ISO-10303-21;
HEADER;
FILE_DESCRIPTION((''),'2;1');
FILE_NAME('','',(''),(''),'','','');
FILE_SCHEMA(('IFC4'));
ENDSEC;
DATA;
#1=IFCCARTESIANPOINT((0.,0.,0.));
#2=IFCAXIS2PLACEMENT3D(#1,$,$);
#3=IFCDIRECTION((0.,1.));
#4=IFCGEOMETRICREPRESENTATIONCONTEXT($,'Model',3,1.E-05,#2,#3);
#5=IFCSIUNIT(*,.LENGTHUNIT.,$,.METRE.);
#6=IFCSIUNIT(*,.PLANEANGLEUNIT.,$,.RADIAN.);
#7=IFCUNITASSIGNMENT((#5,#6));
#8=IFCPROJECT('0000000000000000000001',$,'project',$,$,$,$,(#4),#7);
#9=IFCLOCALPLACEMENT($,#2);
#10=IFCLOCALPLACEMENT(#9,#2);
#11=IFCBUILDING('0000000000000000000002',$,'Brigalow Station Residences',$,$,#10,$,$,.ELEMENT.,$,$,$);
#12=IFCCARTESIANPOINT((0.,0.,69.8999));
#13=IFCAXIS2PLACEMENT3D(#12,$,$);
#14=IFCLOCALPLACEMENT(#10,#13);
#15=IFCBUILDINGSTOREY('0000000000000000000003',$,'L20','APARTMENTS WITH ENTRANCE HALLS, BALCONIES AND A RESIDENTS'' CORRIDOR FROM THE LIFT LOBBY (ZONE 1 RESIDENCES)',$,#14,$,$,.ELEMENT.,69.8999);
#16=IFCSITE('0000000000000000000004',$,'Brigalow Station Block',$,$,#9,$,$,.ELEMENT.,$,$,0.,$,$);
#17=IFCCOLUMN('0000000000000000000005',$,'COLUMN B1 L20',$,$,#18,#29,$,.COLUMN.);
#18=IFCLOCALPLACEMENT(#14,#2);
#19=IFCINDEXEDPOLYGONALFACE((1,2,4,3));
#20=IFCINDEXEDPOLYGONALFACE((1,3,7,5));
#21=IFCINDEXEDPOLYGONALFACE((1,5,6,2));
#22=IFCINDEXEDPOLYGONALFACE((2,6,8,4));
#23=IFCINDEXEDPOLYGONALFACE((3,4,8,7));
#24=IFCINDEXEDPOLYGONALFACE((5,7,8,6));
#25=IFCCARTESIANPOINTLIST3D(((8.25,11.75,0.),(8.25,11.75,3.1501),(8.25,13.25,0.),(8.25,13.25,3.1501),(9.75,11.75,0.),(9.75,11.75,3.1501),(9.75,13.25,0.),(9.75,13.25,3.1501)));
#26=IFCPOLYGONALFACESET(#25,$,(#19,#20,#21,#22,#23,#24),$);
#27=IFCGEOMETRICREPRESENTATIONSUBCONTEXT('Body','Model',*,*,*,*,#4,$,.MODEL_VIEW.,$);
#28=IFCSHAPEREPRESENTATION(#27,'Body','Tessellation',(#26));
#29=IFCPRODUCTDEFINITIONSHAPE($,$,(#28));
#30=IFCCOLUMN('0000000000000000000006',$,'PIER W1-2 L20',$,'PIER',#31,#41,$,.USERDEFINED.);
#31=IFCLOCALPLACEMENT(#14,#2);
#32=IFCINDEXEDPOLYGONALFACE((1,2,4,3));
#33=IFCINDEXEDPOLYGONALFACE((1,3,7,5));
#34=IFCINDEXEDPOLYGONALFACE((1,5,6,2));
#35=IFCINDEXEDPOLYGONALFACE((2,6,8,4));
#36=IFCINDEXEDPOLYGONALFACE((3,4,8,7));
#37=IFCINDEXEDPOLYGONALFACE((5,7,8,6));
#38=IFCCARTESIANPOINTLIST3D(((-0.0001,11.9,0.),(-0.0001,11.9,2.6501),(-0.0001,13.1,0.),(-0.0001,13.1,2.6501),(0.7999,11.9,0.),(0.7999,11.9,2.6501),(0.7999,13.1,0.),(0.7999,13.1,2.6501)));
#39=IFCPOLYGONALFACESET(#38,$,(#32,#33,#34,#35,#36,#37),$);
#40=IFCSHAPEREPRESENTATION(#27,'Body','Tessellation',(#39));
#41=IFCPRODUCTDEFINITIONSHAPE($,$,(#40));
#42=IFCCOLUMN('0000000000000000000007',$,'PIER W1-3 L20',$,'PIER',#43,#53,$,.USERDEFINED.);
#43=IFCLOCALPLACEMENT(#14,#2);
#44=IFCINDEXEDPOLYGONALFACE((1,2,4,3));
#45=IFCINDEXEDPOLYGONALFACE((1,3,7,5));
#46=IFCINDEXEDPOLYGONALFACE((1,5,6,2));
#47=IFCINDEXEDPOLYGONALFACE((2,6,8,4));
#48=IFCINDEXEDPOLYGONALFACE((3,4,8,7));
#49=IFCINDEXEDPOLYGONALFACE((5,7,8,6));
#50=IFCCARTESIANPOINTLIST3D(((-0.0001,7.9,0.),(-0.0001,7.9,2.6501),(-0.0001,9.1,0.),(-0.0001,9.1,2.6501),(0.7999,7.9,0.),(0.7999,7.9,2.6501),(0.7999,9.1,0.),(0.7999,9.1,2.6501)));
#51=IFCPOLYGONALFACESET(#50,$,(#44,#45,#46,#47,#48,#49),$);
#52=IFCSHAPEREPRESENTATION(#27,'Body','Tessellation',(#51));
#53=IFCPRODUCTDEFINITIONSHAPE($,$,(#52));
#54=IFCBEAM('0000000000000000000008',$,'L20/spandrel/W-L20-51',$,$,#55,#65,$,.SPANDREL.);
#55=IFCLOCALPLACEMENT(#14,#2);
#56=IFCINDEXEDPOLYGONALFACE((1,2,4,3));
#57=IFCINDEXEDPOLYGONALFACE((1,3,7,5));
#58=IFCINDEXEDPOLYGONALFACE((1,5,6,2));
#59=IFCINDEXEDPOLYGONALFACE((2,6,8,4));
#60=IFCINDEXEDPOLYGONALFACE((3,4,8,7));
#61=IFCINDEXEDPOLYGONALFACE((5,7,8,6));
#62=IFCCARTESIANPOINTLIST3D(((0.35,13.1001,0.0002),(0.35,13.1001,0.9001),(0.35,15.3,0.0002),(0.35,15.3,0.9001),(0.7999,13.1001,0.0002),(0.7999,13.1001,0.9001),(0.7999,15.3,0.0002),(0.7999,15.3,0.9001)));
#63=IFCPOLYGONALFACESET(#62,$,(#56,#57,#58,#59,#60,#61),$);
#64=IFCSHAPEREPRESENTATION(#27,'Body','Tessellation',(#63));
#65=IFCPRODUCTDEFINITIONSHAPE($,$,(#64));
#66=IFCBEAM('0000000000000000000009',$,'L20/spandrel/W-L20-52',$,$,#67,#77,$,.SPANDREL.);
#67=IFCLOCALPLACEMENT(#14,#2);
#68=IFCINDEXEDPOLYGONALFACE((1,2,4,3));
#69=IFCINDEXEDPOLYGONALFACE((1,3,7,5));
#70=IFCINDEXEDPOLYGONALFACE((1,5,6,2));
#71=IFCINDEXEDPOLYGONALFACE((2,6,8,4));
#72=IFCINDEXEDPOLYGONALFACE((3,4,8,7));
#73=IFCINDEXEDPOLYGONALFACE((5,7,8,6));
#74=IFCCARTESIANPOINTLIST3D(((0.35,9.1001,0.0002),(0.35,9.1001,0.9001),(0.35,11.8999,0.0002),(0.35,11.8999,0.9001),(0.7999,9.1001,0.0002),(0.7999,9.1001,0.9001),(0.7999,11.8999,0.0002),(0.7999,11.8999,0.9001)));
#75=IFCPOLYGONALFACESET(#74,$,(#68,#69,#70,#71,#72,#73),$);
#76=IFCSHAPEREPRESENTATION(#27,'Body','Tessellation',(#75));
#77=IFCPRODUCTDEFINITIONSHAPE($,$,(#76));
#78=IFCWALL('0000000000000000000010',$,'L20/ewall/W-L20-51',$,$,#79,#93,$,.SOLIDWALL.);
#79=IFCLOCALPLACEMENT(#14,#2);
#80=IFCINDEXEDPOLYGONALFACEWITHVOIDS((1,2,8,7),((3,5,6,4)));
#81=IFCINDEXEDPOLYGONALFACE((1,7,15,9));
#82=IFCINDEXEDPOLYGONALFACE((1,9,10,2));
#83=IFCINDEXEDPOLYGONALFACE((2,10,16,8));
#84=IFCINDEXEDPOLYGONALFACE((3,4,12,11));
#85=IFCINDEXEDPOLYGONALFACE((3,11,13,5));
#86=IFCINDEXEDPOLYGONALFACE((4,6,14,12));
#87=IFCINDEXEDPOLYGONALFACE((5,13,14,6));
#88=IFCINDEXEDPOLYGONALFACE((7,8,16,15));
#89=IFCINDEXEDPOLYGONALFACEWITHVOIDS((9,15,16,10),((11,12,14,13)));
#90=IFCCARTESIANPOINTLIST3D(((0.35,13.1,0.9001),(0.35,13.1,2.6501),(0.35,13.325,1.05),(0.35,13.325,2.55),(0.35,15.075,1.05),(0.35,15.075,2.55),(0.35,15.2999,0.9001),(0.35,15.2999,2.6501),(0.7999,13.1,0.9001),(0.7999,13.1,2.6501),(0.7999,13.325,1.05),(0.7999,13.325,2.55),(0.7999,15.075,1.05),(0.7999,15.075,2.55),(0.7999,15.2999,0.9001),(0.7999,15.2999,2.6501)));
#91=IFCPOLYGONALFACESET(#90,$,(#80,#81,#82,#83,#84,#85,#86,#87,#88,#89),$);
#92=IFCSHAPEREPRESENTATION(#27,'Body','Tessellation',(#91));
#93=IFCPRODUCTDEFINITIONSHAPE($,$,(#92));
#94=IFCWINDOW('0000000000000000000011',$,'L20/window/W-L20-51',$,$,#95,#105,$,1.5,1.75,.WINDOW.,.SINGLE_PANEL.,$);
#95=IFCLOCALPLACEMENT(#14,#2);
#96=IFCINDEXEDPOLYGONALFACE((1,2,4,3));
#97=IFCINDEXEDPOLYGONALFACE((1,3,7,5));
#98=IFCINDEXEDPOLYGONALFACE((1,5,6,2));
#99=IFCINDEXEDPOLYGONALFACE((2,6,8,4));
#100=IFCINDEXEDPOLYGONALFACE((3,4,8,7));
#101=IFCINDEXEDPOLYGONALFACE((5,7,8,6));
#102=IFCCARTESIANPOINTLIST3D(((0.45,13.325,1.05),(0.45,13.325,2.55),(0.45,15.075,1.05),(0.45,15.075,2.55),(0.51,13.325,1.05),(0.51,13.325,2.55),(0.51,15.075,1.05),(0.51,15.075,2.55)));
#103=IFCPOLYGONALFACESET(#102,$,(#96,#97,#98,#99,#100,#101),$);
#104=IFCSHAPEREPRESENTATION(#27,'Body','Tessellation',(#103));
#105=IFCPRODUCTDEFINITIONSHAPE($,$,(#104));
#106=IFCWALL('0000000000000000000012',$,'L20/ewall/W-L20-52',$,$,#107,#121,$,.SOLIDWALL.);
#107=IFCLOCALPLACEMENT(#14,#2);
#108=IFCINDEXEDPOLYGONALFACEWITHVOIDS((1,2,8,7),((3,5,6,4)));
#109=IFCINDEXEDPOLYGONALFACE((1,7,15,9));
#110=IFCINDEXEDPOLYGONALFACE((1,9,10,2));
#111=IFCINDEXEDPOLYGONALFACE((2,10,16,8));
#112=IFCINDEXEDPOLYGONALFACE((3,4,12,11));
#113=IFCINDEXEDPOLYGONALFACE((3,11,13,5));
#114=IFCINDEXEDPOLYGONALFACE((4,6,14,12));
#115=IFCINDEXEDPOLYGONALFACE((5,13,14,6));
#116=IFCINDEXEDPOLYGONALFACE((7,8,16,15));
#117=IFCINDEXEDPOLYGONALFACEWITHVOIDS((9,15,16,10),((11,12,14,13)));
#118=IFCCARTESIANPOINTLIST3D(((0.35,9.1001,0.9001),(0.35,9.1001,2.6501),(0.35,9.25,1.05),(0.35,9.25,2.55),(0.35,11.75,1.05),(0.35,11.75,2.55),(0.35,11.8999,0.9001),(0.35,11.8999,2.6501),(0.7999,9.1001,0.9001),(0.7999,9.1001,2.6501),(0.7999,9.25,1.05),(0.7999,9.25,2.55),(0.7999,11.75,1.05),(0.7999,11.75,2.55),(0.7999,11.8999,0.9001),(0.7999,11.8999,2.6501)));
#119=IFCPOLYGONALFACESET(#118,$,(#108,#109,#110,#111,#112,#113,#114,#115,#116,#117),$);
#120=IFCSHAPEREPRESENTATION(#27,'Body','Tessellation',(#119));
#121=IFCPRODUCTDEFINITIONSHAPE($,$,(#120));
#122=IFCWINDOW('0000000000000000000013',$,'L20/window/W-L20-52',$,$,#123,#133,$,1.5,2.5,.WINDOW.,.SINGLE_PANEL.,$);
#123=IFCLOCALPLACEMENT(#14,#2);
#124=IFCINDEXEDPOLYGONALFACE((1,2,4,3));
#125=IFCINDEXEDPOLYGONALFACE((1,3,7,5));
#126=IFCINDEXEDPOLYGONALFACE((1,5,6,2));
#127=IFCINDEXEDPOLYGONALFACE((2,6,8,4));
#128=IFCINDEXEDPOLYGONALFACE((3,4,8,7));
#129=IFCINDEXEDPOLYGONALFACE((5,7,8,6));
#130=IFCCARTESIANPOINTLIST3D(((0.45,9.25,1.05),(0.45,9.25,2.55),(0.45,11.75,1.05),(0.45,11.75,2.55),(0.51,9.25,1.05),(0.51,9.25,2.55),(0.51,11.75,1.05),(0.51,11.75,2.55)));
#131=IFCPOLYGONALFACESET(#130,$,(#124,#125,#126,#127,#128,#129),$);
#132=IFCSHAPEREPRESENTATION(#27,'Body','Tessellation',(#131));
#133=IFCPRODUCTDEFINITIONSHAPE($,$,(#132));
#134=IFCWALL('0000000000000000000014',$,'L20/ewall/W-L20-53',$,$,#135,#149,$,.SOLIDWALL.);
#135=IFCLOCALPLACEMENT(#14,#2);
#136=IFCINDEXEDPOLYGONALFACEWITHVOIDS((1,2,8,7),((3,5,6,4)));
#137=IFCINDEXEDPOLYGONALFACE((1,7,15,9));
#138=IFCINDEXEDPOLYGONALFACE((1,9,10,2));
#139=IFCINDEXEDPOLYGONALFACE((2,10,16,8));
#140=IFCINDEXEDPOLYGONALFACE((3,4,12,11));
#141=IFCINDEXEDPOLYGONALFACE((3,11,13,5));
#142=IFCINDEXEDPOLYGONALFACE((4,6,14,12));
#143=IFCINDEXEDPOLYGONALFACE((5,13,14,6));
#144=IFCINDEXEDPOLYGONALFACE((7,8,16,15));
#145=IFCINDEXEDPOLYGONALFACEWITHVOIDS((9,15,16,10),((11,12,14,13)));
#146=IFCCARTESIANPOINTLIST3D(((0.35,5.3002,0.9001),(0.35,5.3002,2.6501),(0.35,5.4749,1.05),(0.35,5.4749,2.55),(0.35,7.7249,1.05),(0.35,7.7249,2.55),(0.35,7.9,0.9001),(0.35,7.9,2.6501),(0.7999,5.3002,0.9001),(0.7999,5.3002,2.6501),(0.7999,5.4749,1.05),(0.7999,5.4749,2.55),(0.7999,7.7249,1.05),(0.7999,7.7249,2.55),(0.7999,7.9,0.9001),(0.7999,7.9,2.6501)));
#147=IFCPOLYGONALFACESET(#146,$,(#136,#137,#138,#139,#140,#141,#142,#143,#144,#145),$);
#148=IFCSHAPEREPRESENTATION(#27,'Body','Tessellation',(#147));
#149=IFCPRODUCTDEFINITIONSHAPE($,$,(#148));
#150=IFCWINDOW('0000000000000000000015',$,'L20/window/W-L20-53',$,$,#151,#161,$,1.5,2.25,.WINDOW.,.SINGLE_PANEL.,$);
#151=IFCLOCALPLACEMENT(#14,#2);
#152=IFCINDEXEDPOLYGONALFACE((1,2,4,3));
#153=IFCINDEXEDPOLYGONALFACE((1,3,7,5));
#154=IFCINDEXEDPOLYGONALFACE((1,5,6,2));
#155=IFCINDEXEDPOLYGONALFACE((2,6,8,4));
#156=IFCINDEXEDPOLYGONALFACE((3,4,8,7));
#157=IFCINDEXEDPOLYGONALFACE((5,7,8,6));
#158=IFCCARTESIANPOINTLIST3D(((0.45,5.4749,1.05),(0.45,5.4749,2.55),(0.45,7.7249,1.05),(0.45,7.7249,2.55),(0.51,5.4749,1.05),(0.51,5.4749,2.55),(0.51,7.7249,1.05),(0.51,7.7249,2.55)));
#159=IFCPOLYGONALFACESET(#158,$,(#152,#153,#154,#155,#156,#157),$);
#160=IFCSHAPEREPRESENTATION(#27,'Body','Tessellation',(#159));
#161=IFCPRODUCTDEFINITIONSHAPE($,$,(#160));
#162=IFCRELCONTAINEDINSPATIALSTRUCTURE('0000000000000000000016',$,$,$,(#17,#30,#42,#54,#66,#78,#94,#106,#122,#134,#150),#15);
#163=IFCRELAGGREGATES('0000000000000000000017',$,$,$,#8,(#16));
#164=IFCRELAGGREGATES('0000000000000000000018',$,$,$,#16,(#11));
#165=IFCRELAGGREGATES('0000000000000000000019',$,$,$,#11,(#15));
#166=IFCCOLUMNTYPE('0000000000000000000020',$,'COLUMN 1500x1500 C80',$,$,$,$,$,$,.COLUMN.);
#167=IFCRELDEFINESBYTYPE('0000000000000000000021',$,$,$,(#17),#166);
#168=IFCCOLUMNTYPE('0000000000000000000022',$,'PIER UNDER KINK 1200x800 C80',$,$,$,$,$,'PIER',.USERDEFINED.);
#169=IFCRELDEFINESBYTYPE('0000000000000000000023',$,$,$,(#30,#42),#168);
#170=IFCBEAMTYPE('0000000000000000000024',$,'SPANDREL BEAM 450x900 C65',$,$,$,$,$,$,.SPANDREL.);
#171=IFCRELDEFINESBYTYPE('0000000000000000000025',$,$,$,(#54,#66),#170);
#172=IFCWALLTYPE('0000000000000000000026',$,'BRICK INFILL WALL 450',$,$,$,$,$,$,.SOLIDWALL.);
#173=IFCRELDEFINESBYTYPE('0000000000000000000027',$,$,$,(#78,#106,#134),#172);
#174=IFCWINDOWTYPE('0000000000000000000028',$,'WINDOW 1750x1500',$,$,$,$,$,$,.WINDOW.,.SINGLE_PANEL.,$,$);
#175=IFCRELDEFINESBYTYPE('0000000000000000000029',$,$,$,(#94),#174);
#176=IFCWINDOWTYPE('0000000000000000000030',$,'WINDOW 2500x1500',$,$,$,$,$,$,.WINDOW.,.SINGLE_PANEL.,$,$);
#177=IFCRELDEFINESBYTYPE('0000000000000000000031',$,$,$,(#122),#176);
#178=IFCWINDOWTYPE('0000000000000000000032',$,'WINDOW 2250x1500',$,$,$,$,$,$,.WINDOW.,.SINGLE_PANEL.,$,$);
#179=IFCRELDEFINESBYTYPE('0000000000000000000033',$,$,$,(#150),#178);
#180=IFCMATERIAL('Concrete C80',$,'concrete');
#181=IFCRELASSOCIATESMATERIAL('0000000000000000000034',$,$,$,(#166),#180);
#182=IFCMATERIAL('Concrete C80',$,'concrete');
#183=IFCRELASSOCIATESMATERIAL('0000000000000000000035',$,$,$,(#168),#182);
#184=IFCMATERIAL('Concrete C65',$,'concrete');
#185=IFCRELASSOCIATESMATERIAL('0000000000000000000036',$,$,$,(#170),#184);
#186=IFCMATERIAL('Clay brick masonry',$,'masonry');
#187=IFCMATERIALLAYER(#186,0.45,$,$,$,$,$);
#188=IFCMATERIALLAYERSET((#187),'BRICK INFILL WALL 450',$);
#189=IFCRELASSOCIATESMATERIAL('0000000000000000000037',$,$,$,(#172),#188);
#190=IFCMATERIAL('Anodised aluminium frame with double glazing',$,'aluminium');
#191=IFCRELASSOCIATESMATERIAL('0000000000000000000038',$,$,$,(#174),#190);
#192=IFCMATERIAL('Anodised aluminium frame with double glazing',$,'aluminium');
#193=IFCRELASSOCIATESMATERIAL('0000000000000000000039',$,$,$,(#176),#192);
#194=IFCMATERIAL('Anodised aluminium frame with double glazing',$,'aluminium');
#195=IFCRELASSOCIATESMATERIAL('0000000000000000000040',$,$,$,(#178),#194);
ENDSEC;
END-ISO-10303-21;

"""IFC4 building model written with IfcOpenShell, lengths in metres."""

from ifc_helpers import new_model, si_unit, direction, frame, frame_2d, origin, origin_2d, place, context, subcontext, project, spatial, rectangle, extrude, material, layer, layer_set, material_profile, profile_set, type_object, element, fill, save


model = new_model("IFC4")

# Units and contexts
model_context = context("Model", 3, precision=1e-05, world=origin(), true_north=direction((0.0, 1.0)))
body_context = subcontext(model_context, "Body", "Model", "MODEL_VIEW")
ifc_project = project(units=[si_unit("LENGTHUNIT", "METRE"), si_unit("PLANEANGLEUNIT", "RADIAN")], contexts=[model_context])

# Site, building, storey
site_placement = place(None, origin())
site = spatial("IfcSite", under=ifc_project, at=site_placement, Name="Brigalow Station Block", CompositionType="ELEMENT", RefElevation=0.0)
building_placement = place(site_placement, origin())
building = spatial("IfcBuilding", under=site, at=building_placement, Name="Brigalow Station Residences", CompositionType="ELEMENT")
storey_placement = place(building_placement, frame((0.0, 0.0, 69.8999)))
storey = spatial("IfcBuildingStorey", under=building, at=storey_placement, Name="L20", Description="APARTMENTS WITH ENTRANCE HALLS, BALCONIES AND A RESIDENTS' CORRIDOR FROM THE LIFT LOBBY (ZONE 1 RESIDENCES)", CompositionType="ELEMENT", Elevation=69.8999)

# Columns
ifc_material_1 = material(Name="Concrete C80", Category="concrete")
ifc_material_profile_1 = material_profile(ifc_material_1, rectangle(XDim=1.5, YDim=1.5, at=origin_2d()), Name="RC1500x1500")
ifc_profile_set_1 = profile_set([ifc_material_profile_1], Name="Concrete C80")
column_type_1 = type_object("IfcColumnType", Name="COLUMN 1500x1500 C80", PredefinedType="COLUMN", material=ifc_profile_set_1)
column_placement = place(storey_placement, frame((9.0, 12.5, 0.0), z_axis=(0.0, 0.0, 1.0), x_axis=(1.0, 0.0, 0.0)))
element("IfcColumn", 1, at=column_placement, inside=storey, type_object=column_type_1, Name="COLUMN B1 L20", PredefinedType="COLUMN", context=body_context, shape_type="SweptSolid", body=[
    extrude(rectangle(XDim=1.5, YDim=1.5, at=origin_2d()), origin(), (0.0, 0.0, 1.0), 3.1501),
])
ifc_material_2 = material(Name="Concrete C80", Category="concrete")
ifc_material_profile_2 = material_profile(ifc_material_2, rectangle(XDim=1.2, YDim=0.8, at=origin_2d()), Name="RC1200x800")
ifc_profile_set_2 = profile_set([ifc_material_profile_2], Name="Concrete C80")
column_type_2 = type_object("IfcColumnType", Name="PIER UNDER KINK 1200x800 C80", ElementType="PIER", PredefinedType="USERDEFINED", material=ifc_profile_set_2)
for number, where, z_axis, x_axis, name in (
    (2, (0.3999, 12.5, 0.0), (0.0, 0.0, 1.0), (0.0, -1.0, 0.0), "PIER W1-2 L20"),
    (3, (0.3999, 8.5, 0.0), (0.0, 0.0, 1.0), (0.0, -1.0, 0.0), "PIER W1-3 L20"),
):
    element("IfcColumn", number, at=place(storey_placement, frame(where, z_axis=z_axis, x_axis=x_axis)), inside=storey, type_object=column_type_2, Name=name, ObjectType="PIER", PredefinedType="USERDEFINED", context=body_context, shape_type="SweptSolid", body=[
        extrude(rectangle(XDim=1.2, YDim=0.8, at=origin_2d()), origin(), (0.0, 0.0, 1.0), 2.6501),
    ])

# Beams
ifc_material_3 = material(Name="Concrete C65", Category="concrete")
ifc_material_profile_3 = material_profile(ifc_material_3, rectangle(XDim=0.45, YDim=0.8999, at=origin_2d()), Name="RC450x900")
ifc_profile_set_3 = profile_set([ifc_material_profile_3], Name="Concrete C65")
beam_type = type_object("IfcBeamType", Name="SPANDREL BEAM 450x900 C65", PredefinedType="SPANDREL", material=ifc_profile_set_3)
beam_1_placement = place(storey_placement, frame((0.575, 15.3, 0.4502), z_axis=(0.0, -1.0, 0.0), x_axis=(1.0, 0.0, 0.0)))
element("IfcBeam", 4, at=beam_1_placement, inside=storey, type_object=beam_type, Name="L20/spandrel/W-L20-51", PredefinedType="SPANDREL", context=body_context, shape_type="SweptSolid", body=[
    extrude(rectangle(XDim=0.45, YDim=0.8999, at=origin_2d()), origin(), (0.0, 0.0, 1.0), 2.2),
])
beam_2_placement = place(storey_placement, frame((0.575, 11.8999, 0.4502), z_axis=(0.0, -1.0, 0.0), x_axis=(1.0, 0.0, 0.0)))
element("IfcBeam", 5, at=beam_2_placement, inside=storey, type_object=beam_type, Name="L20/spandrel/W-L20-52", PredefinedType="SPANDREL", context=body_context, shape_type="SweptSolid", body=[
    extrude(rectangle(XDim=0.45, YDim=0.8999, at=origin_2d()), origin(), (0.0, 0.0, 1.0), 2.7998),
])

# Walls, openings, windows
ifc_material_4 = material(Name="Clay brick masonry", Category="masonry")
ifc_layer_1 = layer(ifc_material_4, 0.45)
ifc_layer_set_1 = layer_set([ifc_layer_1], Name="BRICK INFILL WALL 450")
wall_type_1 = type_object("IfcWallType", Name="BRICK INFILL WALL 450", PredefinedType="SOLIDWALL", material=ifc_layer_set_1)
wall_1_placement = place(storey_placement, frame((0.575, 15.3, 0.9001), z_axis=(0.0, 0.0, 1.0), x_axis=(0.0, -1.0, 0.0)))
wall_1 = element("IfcWall", 6, at=wall_1_placement, inside=storey, type_object=wall_type_1, Name="L20/ewall/W-L20-51", PredefinedType="SOLIDWALL", context=body_context, shape_type="SweptSolid", body=[
    extrude(rectangle(XDim=2.2, YDim=0.45, at=frame_2d((1.1001, 0.0))), origin(), (0.0, 0.0, 1.0), 1.75),
])
opening_1_placement = place(wall_1_placement, frame((0.2251, 0.0, 0.1499)))
opening_1 = element("IfcOpeningElement", 7, at=opening_1_placement, cuts=wall_1, PredefinedType="OPENING", context=body_context, shape_type="SweptSolid", body=[
    extrude(rectangle(XDim=1.75, YDim=1.5, at=frame_2d((0.875, 0.75))), frame((0.0, 0.2349, 0.0), z_axis=(0.0, -1.0, 0.0), x_axis=(1.0, 0.0, 0.0)), (0.0, 0.0, 1.0), 0.47),
])
ifc_material_5 = material(Name="Anodised aluminium frame with double glazing", Category="aluminium")
window_type_1 = type_object("IfcWindowType", Name="WINDOW 1750x1500", PartitioningType="SINGLE_PANEL", PredefinedType="WINDOW", material=ifc_material_5)
window_1_placement = place(opening_1_placement, origin())
window_1 = element("IfcWindow", 8, at=window_1_placement, inside=storey, type_object=window_type_1, Name="L20/window/W-L20-51", OverallHeight=1.5, OverallWidth=1.75, PartitioningType="SINGLE_PANEL", PredefinedType="WINDOW", context=body_context, shape_type="SweptSolid", body=[
    extrude(rectangle(XDim=1.75, YDim=1.5, at=frame_2d((0.875, 0.75))), frame((0.0, -0.0649, 0.0), z_axis=(0.0, -1.0, 0.0), x_axis=(1.0, 0.0, 0.0)), (0.0, 0.0, 1.0), 0.0601),
])
fill(opening_1, window_1)
wall_2_placement = place(storey_placement, frame((0.575, 11.8999, 0.9001), z_axis=(0.0, 0.0, 1.0), x_axis=(0.0, -1.0, 0.0)))
wall_2 = element("IfcWall", 9, at=wall_2_placement, inside=storey, type_object=wall_type_1, Name="L20/ewall/W-L20-52", PredefinedType="SOLIDWALL", context=body_context, shape_type="SweptSolid", body=[
    extrude(rectangle(XDim=2.7998, YDim=0.45, at=frame_2d((1.3999, 0.0))), origin(), (0.0, 0.0, 1.0), 1.75),
])
opening_2_placement = place(wall_2_placement, frame((0.1499, 0.0, 0.1499)))
opening_2 = element("IfcOpeningElement", 10, at=opening_2_placement, cuts=wall_2, PredefinedType="OPENING", context=body_context, shape_type="SweptSolid", body=[
    extrude(rectangle(XDim=2.5, YDim=1.5, at=frame_2d((1.25, 0.75))), frame((0.0, 0.2349, 0.0), z_axis=(0.0, -1.0, 0.0), x_axis=(1.0, 0.0, 0.0)), (0.0, 0.0, 1.0), 0.47),
])
ifc_material_6 = material(Name="Anodised aluminium frame with double glazing", Category="aluminium")
window_type_2 = type_object("IfcWindowType", Name="WINDOW 2500x1500", PartitioningType="SINGLE_PANEL", PredefinedType="WINDOW", material=ifc_material_6)
window_2_placement = place(opening_2_placement, origin())
window_2 = element("IfcWindow", 11, at=window_2_placement, inside=storey, type_object=window_type_2, Name="L20/window/W-L20-52", OverallHeight=1.5, OverallWidth=2.5, PartitioningType="SINGLE_PANEL", PredefinedType="WINDOW", context=body_context, shape_type="SweptSolid", body=[
    extrude(rectangle(XDim=2.5, YDim=1.5, at=frame_2d((1.25, 0.75))), frame((0.0, -0.0649, 0.0), z_axis=(0.0, -1.0, 0.0), x_axis=(1.0, 0.0, 0.0)), (0.0, 0.0, 1.0), 0.0601),
])
fill(opening_2, window_2)
wall_3_placement = place(storey_placement, frame((0.575, 7.8999, 0.9001), z_axis=(0.0, 0.0, 1.0), x_axis=(0.0, -1.0, 0.0)))
wall_3 = element("IfcWall", 12, at=wall_3_placement, inside=storey, type_object=wall_type_1, Name="L20/ewall/W-L20-53", PredefinedType="SOLIDWALL", context=body_context, shape_type="SweptSolid", body=[
    extrude(rectangle(XDim=2.5999, YDim=0.45, at=frame_2d((1.2998, 0.0))), origin(), (0.0, 0.0, 1.0), 1.75),
])
opening_3_placement = place(wall_3_placement, frame((0.175, 0.0, 0.1499)))
opening_3 = element("IfcOpeningElement", 13, at=opening_3_placement, cuts=wall_3, PredefinedType="OPENING", context=body_context, shape_type="SweptSolid", body=[
    extrude(rectangle(XDim=2.25, YDim=1.5, at=frame_2d((1.125, 0.75))), frame((0.0, 0.2349, 0.0), z_axis=(0.0, -1.0, 0.0), x_axis=(1.0, 0.0, 0.0)), (0.0, 0.0, 1.0), 0.47),
])
ifc_material_7 = material(Name="Anodised aluminium frame with double glazing", Category="aluminium")
window_type_3 = type_object("IfcWindowType", Name="WINDOW 2250x1500", PartitioningType="SINGLE_PANEL", PredefinedType="WINDOW", material=ifc_material_7)
window_3_placement = place(opening_3_placement, origin())
window_3 = element("IfcWindow", 14, at=window_3_placement, inside=storey, type_object=window_type_3, Name="L20/window/W-L20-53", OverallHeight=1.5, OverallWidth=2.25, PartitioningType="SINGLE_PANEL", PredefinedType="WINDOW", context=body_context, shape_type="SweptSolid", body=[
    extrude(rectangle(XDim=2.25, YDim=1.5, at=frame_2d((1.125, 0.75))), frame((0.0, -0.0649, 0.0), z_axis=(0.0, -1.0, 0.0), x_axis=(1.0, 0.0, 0.0)), (0.0, 0.0, 1.0), 0.0601),
])
fill(opening_3, window_3)

save(model, "model.ifc")
